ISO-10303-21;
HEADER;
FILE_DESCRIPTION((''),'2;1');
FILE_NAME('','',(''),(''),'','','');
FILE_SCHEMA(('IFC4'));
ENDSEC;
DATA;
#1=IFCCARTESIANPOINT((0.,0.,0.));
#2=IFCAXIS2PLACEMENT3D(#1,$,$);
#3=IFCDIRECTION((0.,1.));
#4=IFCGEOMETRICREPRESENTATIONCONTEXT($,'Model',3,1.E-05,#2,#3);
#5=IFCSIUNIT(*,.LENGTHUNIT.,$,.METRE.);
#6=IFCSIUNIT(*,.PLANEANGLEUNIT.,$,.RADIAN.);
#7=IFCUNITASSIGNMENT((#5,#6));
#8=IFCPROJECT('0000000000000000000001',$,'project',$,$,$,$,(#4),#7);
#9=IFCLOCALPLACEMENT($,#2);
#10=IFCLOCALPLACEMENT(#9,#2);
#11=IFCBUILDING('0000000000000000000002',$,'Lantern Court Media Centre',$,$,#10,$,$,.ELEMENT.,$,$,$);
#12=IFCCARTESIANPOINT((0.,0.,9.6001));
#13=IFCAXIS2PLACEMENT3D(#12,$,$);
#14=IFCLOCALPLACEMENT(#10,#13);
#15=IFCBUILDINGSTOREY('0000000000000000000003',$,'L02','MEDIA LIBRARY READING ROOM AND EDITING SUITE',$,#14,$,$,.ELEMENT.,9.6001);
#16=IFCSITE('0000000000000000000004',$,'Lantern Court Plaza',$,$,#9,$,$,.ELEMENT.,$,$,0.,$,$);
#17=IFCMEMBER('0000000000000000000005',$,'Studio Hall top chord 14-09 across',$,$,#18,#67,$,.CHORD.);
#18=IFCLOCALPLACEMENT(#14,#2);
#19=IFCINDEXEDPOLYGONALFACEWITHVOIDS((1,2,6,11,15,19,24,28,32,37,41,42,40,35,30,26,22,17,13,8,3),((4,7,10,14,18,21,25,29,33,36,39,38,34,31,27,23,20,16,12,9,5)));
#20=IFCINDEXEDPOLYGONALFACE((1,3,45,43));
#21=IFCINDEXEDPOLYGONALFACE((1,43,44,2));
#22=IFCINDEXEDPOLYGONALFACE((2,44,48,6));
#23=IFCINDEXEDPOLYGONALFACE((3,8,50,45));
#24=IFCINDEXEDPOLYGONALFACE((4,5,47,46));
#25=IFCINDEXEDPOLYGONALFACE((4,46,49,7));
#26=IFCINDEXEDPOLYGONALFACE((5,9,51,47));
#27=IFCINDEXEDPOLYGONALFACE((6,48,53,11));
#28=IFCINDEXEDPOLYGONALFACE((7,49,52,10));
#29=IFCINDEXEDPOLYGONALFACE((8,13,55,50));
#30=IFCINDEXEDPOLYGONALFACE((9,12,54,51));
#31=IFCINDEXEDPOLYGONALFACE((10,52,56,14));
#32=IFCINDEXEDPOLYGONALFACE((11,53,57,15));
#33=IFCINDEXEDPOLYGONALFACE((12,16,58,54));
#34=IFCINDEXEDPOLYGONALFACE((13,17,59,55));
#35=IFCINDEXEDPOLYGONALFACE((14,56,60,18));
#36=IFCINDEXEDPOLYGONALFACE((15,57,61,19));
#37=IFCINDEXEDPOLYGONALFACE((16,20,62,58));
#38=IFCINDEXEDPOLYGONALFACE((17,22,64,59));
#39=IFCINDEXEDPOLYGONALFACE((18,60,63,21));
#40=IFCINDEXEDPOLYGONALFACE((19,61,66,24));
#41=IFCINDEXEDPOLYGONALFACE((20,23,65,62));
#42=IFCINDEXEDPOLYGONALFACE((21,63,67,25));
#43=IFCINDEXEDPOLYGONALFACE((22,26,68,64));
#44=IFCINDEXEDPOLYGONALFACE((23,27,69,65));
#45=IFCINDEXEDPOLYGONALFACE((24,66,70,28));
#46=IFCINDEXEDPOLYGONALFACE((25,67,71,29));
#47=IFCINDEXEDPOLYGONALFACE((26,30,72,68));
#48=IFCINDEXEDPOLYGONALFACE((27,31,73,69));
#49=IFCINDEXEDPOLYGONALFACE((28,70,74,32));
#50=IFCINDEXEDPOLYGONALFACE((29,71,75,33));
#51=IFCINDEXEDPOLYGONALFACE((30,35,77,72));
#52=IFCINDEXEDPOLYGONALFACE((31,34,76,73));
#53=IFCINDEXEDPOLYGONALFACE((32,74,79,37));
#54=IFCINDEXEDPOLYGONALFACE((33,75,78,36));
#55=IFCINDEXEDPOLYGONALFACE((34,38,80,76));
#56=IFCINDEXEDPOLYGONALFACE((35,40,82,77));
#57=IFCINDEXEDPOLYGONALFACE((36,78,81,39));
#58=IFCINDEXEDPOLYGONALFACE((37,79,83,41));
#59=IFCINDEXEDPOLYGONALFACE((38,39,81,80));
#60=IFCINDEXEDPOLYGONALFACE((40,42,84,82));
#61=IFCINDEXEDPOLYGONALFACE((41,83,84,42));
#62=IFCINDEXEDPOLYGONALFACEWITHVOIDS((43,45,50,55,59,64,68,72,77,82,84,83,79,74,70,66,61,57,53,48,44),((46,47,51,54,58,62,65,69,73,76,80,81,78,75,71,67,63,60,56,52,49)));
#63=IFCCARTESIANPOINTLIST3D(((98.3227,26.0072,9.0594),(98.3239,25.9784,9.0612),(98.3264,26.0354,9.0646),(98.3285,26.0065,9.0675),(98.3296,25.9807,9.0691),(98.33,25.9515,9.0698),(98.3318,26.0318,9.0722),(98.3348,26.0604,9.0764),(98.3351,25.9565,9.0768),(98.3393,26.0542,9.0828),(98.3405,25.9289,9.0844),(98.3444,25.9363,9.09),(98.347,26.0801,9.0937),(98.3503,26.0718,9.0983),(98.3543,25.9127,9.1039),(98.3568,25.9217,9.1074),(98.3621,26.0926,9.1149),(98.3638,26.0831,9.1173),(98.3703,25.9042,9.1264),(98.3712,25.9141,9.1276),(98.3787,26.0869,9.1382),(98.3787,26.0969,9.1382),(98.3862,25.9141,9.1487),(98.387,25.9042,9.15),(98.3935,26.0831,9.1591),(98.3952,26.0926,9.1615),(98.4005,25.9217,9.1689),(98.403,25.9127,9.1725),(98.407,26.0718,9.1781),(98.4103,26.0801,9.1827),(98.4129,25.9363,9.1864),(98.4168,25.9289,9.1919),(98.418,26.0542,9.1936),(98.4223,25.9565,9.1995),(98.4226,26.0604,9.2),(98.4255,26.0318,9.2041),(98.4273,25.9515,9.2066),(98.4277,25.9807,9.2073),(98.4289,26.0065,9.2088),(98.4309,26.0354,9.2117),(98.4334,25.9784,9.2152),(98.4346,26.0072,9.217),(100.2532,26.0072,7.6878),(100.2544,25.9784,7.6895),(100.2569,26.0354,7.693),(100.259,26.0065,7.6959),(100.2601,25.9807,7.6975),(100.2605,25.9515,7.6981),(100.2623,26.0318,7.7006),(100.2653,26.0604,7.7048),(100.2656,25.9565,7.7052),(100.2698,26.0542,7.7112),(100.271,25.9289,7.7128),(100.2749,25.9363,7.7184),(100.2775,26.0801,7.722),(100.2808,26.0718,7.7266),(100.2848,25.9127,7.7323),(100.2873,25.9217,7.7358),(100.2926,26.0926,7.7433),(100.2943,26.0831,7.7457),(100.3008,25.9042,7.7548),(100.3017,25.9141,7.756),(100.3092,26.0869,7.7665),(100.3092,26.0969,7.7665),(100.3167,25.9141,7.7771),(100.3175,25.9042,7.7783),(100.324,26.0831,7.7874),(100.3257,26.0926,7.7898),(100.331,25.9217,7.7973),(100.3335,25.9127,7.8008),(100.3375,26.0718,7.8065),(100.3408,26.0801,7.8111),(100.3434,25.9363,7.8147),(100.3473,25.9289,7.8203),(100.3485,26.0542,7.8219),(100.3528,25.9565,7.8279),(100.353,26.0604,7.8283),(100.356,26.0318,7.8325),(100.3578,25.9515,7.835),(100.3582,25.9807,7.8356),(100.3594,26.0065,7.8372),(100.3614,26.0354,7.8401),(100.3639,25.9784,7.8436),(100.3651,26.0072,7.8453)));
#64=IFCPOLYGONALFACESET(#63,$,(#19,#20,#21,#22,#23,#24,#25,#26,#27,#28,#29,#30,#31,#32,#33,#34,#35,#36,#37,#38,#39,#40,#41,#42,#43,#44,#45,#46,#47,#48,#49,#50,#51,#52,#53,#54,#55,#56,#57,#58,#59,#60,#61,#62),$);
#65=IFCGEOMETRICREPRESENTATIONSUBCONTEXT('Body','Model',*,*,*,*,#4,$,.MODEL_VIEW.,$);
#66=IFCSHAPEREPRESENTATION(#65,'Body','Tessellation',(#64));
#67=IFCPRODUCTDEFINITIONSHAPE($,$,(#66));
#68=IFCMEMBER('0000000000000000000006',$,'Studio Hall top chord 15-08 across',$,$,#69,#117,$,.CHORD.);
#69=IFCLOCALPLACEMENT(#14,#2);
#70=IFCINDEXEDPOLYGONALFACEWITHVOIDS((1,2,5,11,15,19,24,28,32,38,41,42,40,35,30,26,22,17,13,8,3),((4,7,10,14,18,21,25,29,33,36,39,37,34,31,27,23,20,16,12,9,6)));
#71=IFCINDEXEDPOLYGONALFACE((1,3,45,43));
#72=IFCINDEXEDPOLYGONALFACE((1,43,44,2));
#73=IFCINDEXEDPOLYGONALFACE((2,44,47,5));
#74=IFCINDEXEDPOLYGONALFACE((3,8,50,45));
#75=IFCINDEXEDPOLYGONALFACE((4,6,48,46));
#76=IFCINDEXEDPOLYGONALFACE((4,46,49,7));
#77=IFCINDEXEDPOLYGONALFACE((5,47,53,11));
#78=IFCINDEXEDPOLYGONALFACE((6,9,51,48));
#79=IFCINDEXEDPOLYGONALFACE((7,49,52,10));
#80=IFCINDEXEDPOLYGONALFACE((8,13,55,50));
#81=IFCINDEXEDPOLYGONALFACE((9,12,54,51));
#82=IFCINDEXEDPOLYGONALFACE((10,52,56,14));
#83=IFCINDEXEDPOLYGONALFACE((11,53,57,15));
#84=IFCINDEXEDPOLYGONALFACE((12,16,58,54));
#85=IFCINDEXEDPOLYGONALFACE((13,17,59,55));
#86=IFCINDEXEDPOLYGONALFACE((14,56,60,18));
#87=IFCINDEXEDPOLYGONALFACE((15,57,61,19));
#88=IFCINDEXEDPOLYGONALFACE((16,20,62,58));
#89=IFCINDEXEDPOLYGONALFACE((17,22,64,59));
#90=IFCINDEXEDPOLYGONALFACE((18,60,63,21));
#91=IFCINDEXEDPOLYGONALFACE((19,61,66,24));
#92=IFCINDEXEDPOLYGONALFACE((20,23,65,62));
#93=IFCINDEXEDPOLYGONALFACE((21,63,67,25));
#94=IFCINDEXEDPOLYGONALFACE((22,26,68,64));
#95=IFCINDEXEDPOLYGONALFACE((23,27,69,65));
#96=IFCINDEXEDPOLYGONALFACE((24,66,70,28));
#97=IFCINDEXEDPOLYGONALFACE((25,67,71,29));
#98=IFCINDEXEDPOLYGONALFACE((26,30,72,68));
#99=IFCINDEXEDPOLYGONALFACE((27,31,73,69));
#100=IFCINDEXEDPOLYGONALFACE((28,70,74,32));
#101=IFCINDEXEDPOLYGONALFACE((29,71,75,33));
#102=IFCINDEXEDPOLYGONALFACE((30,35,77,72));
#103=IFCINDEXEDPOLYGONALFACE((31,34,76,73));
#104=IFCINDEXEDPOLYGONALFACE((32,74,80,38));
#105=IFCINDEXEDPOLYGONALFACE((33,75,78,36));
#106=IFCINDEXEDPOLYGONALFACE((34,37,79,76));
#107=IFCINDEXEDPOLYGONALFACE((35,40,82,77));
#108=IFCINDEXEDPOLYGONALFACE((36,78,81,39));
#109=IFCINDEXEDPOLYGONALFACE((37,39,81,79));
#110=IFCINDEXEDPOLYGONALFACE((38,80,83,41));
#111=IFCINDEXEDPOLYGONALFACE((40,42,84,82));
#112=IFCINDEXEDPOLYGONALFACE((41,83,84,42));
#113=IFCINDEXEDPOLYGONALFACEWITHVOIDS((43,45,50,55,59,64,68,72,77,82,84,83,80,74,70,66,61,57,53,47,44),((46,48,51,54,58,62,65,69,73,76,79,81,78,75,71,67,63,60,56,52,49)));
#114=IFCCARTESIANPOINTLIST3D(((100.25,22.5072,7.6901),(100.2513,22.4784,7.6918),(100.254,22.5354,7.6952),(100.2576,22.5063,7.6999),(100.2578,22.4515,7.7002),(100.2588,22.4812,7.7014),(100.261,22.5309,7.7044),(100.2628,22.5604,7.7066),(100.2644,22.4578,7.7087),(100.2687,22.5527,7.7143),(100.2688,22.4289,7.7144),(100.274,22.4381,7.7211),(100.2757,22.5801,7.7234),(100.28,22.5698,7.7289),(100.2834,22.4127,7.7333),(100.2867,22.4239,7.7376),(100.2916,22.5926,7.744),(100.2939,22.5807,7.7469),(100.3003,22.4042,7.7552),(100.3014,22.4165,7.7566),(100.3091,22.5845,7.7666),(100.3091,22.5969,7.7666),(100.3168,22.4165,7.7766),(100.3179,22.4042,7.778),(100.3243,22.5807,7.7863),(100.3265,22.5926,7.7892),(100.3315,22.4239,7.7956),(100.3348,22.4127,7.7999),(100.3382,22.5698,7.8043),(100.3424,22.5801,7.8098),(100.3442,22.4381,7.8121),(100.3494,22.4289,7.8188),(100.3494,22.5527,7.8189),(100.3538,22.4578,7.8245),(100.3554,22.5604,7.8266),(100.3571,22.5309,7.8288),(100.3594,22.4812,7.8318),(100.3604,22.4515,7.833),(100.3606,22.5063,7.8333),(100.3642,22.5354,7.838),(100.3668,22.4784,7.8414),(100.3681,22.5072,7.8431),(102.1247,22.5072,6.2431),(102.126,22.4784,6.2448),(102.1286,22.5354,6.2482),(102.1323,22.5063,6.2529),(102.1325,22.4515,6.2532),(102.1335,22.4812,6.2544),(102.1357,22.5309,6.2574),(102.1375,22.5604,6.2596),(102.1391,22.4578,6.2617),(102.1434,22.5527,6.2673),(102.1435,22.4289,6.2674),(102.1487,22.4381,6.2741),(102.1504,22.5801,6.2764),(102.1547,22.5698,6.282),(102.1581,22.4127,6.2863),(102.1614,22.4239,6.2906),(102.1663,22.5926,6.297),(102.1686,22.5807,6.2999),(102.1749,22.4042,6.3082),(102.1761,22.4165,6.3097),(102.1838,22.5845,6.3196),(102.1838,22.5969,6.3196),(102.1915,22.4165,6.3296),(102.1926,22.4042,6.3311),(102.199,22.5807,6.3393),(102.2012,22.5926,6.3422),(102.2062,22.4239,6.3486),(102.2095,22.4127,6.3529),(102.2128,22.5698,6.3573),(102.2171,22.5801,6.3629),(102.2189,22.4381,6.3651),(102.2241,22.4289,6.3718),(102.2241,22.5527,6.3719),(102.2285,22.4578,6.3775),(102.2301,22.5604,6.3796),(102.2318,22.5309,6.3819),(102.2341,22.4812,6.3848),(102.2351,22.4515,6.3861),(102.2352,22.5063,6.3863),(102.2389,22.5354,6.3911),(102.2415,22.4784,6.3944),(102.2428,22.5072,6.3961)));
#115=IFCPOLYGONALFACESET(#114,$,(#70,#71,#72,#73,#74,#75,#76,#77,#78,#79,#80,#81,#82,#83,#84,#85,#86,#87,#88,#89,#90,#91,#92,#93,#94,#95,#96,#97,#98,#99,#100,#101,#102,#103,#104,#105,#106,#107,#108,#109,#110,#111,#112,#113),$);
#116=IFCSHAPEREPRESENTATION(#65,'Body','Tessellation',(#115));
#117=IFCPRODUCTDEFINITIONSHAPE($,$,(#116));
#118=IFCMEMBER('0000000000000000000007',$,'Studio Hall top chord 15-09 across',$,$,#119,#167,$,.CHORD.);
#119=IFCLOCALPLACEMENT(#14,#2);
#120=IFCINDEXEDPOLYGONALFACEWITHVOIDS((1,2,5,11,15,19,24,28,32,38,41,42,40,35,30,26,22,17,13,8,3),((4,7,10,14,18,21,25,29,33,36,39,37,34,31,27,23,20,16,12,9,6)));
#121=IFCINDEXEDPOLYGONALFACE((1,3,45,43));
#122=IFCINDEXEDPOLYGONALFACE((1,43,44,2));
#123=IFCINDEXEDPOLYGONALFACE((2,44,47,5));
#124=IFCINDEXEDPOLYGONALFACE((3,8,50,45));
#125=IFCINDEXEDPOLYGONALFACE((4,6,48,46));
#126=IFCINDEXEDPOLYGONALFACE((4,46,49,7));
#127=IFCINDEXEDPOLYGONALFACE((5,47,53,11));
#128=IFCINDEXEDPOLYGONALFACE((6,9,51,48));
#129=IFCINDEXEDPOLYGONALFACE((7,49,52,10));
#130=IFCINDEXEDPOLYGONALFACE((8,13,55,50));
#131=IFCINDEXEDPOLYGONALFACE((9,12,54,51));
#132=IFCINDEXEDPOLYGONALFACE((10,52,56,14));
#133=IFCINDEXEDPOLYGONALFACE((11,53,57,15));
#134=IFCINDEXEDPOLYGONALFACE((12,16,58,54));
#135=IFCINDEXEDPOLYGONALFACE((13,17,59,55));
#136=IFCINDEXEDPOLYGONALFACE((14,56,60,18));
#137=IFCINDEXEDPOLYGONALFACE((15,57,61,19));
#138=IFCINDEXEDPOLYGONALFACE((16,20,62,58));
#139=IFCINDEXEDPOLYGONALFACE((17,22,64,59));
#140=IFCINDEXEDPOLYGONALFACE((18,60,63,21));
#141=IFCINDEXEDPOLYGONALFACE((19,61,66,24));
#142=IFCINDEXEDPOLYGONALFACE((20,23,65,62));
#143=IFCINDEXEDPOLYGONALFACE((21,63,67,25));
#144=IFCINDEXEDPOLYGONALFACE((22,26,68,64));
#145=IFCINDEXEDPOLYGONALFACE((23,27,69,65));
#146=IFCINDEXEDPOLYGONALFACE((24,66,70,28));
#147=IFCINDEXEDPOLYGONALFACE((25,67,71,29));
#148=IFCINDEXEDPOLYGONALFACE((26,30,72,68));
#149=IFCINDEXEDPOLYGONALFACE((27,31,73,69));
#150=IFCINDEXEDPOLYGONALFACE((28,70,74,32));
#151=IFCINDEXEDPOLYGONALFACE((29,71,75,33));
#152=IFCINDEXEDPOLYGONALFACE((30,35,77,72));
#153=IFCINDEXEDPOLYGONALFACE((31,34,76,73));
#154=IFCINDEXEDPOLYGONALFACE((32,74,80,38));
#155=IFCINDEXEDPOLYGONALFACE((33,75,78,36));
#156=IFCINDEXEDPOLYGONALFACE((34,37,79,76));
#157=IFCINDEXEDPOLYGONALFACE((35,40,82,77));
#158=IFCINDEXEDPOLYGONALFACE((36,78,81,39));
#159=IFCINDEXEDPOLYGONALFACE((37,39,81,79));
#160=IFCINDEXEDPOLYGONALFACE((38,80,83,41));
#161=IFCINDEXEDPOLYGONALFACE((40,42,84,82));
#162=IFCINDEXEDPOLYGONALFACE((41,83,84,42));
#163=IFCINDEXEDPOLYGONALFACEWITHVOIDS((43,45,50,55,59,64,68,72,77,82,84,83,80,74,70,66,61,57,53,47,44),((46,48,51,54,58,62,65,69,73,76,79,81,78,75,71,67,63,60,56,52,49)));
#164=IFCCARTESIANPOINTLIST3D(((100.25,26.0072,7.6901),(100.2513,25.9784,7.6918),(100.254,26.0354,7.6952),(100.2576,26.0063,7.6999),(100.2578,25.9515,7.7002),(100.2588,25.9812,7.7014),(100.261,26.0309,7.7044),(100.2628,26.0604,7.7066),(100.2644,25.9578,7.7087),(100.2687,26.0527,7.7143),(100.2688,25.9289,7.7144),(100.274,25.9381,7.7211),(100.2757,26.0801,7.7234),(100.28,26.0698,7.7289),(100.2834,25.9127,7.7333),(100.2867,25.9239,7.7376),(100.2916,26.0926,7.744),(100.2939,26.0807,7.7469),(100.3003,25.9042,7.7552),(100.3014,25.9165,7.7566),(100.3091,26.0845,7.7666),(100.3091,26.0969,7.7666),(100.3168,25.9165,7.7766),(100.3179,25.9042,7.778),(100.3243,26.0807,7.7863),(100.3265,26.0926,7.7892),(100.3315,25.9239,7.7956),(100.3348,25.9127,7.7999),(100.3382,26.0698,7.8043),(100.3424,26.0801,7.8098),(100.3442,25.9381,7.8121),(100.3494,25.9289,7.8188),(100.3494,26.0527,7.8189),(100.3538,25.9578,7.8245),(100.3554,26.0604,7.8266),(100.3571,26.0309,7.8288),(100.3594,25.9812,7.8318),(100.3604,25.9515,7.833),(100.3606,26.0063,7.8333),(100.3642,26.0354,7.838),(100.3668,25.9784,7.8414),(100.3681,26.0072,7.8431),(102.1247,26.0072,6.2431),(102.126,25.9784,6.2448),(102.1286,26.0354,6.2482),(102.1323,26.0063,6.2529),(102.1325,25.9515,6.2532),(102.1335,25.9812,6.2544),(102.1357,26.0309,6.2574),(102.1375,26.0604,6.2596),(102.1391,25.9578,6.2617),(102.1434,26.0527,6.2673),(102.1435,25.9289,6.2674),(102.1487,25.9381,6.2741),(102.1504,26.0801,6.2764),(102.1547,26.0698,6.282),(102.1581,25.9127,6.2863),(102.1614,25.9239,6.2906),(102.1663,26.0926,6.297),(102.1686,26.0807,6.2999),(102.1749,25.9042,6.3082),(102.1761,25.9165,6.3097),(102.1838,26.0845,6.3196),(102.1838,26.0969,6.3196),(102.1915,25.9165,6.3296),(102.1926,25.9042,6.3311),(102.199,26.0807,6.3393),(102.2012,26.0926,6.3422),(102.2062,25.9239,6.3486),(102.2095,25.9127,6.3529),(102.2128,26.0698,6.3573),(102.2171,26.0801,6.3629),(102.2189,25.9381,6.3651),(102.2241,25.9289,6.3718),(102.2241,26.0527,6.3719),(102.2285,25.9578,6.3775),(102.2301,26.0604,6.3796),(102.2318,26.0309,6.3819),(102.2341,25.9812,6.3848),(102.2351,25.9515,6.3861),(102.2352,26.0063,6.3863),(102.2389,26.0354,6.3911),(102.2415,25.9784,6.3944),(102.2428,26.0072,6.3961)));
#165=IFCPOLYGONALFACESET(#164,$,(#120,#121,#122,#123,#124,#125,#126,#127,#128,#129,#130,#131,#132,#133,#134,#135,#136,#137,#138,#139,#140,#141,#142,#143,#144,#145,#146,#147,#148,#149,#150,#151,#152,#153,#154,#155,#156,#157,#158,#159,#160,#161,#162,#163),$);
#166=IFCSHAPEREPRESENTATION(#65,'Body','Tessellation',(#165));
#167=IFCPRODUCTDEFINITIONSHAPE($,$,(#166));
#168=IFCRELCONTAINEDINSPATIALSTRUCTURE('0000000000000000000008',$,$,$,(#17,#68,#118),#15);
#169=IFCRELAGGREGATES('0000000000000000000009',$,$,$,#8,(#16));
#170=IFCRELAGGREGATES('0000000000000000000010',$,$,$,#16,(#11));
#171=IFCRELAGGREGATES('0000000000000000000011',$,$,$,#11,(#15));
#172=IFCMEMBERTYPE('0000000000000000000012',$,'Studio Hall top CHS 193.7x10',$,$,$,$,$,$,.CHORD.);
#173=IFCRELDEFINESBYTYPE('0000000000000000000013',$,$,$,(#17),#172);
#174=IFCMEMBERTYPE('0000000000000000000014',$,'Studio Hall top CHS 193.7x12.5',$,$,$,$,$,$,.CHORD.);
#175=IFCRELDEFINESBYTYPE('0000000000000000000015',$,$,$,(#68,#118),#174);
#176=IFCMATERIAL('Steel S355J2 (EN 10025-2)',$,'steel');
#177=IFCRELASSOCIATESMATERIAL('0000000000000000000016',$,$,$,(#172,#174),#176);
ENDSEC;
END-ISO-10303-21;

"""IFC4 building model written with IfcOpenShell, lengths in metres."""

from ifc_helpers import new_model, si_unit, direction, frame, origin, origin_2d, place, context, subcontext, project, spatial, hollow_circle, extrude, material, material_profile, profile_set, type_object, element, save


model = new_model("IFC4")

# Units and contexts
model_context = context("Model", 3, precision=1e-05, world=origin(), true_north=direction((0.0, 1.0)))
body_context = subcontext(model_context, "Body", "Model", "MODEL_VIEW")
ifc_project = project(units=[si_unit("LENGTHUNIT", "METRE"), si_unit("PLANEANGLEUNIT", "RADIAN")], contexts=[model_context])

# Site, building, storey
site_placement = place(None, origin())
site = spatial("IfcSite", under=ifc_project, at=site_placement, Name="Lantern Court Plaza", CompositionType="ELEMENT", RefElevation=0.0)
building_placement = place(site_placement, origin())
building = spatial("IfcBuilding", under=site, at=building_placement, Name="Lantern Court Media Centre", CompositionType="ELEMENT")
storey_placement = place(building_placement, frame((0.0, 0.0, 9.6001)))
storey = spatial("IfcBuildingStorey", under=building, at=storey_placement, Name="L02", Description="MEDIA LIBRARY READING ROOM AND EDITING SUITE", CompositionType="ELEMENT", Elevation=9.6001)

# Members
ifc_material = material(Name="Steel S355J2 (EN 10025-2)", Category="steel")
ifc_material_profile_1 = material_profile(ifc_material, hollow_circle(Radius=0.0969, WallThickness=0.01, at=origin_2d()), Name="Studio Hall top CHS 193.7x10")
ifc_profile_set_1 = profile_set([ifc_material_profile_1], Name="Steel S355J2 (EN 10025-2)")
member_type_1 = type_object("IfcMemberType", Name="Studio Hall top CHS 193.7x10", PredefinedType="CHORD", material=ifc_profile_set_1)
for number, where, z_axis, x_axis, name in (
    (1, (98.3787, 26.0, 9.1382), (0.815187, 0.0, -0.579198), (0.0, 1.0, 0.0), "Studio Hall top chord 14-09 across"),
):
    element("IfcMember", number, at=place(storey_placement, frame(where, z_axis=z_axis, x_axis=x_axis)), inside=storey, type_object=member_type_1, Name=name, PredefinedType="CHORD", context=body_context, shape_type="SweptSolid", body=[
        extrude(hollow_circle(Radius=0.0969, WallThickness=0.01, at=origin_2d()), origin(), (0.0, 0.0, 1.0), 2.3682),
    ])
ifc_material_profile_2 = material_profile(ifc_material, hollow_circle(Radius=0.0969, WallThickness=0.0125, at=origin_2d()), Name="Studio Hall top CHS 193.7x12.5")
ifc_profile_set_2 = profile_set([ifc_material_profile_2], Name="Steel S355J2 (EN 10025-2)")
member_type_2 = type_object("IfcMemberType", Name="Studio Hall top CHS 193.7x12.5", PredefinedType="CHORD", material=ifc_profile_set_2)
for number, where, z_axis, x_axis, name in (
    (2, (100.3091, 22.5, 7.7666), (0.791623, 0.0, -0.61101), (0.0, 1.0, 0.0), "Studio Hall top chord 15-08 across"),
    (3, (100.3091, 26.0, 7.7666), (0.791623, 0.0, -0.61101), (0.0, 1.0, 0.0), "Studio Hall top chord 15-09 across"),
):
    element("IfcMember", number, at=place(storey_placement, frame(where, z_axis=z_axis, x_axis=x_axis)), inside=storey, type_object=member_type_2, Name=name, PredefinedType="CHORD", context=body_context, shape_type="SweptSolid", body=[
        extrude(hollow_circle(Radius=0.0969, WallThickness=0.0125, at=origin_2d()), origin(), (0.0, 0.0, 1.0), 2.3682),
    ])

save(model, "model.ifc")
